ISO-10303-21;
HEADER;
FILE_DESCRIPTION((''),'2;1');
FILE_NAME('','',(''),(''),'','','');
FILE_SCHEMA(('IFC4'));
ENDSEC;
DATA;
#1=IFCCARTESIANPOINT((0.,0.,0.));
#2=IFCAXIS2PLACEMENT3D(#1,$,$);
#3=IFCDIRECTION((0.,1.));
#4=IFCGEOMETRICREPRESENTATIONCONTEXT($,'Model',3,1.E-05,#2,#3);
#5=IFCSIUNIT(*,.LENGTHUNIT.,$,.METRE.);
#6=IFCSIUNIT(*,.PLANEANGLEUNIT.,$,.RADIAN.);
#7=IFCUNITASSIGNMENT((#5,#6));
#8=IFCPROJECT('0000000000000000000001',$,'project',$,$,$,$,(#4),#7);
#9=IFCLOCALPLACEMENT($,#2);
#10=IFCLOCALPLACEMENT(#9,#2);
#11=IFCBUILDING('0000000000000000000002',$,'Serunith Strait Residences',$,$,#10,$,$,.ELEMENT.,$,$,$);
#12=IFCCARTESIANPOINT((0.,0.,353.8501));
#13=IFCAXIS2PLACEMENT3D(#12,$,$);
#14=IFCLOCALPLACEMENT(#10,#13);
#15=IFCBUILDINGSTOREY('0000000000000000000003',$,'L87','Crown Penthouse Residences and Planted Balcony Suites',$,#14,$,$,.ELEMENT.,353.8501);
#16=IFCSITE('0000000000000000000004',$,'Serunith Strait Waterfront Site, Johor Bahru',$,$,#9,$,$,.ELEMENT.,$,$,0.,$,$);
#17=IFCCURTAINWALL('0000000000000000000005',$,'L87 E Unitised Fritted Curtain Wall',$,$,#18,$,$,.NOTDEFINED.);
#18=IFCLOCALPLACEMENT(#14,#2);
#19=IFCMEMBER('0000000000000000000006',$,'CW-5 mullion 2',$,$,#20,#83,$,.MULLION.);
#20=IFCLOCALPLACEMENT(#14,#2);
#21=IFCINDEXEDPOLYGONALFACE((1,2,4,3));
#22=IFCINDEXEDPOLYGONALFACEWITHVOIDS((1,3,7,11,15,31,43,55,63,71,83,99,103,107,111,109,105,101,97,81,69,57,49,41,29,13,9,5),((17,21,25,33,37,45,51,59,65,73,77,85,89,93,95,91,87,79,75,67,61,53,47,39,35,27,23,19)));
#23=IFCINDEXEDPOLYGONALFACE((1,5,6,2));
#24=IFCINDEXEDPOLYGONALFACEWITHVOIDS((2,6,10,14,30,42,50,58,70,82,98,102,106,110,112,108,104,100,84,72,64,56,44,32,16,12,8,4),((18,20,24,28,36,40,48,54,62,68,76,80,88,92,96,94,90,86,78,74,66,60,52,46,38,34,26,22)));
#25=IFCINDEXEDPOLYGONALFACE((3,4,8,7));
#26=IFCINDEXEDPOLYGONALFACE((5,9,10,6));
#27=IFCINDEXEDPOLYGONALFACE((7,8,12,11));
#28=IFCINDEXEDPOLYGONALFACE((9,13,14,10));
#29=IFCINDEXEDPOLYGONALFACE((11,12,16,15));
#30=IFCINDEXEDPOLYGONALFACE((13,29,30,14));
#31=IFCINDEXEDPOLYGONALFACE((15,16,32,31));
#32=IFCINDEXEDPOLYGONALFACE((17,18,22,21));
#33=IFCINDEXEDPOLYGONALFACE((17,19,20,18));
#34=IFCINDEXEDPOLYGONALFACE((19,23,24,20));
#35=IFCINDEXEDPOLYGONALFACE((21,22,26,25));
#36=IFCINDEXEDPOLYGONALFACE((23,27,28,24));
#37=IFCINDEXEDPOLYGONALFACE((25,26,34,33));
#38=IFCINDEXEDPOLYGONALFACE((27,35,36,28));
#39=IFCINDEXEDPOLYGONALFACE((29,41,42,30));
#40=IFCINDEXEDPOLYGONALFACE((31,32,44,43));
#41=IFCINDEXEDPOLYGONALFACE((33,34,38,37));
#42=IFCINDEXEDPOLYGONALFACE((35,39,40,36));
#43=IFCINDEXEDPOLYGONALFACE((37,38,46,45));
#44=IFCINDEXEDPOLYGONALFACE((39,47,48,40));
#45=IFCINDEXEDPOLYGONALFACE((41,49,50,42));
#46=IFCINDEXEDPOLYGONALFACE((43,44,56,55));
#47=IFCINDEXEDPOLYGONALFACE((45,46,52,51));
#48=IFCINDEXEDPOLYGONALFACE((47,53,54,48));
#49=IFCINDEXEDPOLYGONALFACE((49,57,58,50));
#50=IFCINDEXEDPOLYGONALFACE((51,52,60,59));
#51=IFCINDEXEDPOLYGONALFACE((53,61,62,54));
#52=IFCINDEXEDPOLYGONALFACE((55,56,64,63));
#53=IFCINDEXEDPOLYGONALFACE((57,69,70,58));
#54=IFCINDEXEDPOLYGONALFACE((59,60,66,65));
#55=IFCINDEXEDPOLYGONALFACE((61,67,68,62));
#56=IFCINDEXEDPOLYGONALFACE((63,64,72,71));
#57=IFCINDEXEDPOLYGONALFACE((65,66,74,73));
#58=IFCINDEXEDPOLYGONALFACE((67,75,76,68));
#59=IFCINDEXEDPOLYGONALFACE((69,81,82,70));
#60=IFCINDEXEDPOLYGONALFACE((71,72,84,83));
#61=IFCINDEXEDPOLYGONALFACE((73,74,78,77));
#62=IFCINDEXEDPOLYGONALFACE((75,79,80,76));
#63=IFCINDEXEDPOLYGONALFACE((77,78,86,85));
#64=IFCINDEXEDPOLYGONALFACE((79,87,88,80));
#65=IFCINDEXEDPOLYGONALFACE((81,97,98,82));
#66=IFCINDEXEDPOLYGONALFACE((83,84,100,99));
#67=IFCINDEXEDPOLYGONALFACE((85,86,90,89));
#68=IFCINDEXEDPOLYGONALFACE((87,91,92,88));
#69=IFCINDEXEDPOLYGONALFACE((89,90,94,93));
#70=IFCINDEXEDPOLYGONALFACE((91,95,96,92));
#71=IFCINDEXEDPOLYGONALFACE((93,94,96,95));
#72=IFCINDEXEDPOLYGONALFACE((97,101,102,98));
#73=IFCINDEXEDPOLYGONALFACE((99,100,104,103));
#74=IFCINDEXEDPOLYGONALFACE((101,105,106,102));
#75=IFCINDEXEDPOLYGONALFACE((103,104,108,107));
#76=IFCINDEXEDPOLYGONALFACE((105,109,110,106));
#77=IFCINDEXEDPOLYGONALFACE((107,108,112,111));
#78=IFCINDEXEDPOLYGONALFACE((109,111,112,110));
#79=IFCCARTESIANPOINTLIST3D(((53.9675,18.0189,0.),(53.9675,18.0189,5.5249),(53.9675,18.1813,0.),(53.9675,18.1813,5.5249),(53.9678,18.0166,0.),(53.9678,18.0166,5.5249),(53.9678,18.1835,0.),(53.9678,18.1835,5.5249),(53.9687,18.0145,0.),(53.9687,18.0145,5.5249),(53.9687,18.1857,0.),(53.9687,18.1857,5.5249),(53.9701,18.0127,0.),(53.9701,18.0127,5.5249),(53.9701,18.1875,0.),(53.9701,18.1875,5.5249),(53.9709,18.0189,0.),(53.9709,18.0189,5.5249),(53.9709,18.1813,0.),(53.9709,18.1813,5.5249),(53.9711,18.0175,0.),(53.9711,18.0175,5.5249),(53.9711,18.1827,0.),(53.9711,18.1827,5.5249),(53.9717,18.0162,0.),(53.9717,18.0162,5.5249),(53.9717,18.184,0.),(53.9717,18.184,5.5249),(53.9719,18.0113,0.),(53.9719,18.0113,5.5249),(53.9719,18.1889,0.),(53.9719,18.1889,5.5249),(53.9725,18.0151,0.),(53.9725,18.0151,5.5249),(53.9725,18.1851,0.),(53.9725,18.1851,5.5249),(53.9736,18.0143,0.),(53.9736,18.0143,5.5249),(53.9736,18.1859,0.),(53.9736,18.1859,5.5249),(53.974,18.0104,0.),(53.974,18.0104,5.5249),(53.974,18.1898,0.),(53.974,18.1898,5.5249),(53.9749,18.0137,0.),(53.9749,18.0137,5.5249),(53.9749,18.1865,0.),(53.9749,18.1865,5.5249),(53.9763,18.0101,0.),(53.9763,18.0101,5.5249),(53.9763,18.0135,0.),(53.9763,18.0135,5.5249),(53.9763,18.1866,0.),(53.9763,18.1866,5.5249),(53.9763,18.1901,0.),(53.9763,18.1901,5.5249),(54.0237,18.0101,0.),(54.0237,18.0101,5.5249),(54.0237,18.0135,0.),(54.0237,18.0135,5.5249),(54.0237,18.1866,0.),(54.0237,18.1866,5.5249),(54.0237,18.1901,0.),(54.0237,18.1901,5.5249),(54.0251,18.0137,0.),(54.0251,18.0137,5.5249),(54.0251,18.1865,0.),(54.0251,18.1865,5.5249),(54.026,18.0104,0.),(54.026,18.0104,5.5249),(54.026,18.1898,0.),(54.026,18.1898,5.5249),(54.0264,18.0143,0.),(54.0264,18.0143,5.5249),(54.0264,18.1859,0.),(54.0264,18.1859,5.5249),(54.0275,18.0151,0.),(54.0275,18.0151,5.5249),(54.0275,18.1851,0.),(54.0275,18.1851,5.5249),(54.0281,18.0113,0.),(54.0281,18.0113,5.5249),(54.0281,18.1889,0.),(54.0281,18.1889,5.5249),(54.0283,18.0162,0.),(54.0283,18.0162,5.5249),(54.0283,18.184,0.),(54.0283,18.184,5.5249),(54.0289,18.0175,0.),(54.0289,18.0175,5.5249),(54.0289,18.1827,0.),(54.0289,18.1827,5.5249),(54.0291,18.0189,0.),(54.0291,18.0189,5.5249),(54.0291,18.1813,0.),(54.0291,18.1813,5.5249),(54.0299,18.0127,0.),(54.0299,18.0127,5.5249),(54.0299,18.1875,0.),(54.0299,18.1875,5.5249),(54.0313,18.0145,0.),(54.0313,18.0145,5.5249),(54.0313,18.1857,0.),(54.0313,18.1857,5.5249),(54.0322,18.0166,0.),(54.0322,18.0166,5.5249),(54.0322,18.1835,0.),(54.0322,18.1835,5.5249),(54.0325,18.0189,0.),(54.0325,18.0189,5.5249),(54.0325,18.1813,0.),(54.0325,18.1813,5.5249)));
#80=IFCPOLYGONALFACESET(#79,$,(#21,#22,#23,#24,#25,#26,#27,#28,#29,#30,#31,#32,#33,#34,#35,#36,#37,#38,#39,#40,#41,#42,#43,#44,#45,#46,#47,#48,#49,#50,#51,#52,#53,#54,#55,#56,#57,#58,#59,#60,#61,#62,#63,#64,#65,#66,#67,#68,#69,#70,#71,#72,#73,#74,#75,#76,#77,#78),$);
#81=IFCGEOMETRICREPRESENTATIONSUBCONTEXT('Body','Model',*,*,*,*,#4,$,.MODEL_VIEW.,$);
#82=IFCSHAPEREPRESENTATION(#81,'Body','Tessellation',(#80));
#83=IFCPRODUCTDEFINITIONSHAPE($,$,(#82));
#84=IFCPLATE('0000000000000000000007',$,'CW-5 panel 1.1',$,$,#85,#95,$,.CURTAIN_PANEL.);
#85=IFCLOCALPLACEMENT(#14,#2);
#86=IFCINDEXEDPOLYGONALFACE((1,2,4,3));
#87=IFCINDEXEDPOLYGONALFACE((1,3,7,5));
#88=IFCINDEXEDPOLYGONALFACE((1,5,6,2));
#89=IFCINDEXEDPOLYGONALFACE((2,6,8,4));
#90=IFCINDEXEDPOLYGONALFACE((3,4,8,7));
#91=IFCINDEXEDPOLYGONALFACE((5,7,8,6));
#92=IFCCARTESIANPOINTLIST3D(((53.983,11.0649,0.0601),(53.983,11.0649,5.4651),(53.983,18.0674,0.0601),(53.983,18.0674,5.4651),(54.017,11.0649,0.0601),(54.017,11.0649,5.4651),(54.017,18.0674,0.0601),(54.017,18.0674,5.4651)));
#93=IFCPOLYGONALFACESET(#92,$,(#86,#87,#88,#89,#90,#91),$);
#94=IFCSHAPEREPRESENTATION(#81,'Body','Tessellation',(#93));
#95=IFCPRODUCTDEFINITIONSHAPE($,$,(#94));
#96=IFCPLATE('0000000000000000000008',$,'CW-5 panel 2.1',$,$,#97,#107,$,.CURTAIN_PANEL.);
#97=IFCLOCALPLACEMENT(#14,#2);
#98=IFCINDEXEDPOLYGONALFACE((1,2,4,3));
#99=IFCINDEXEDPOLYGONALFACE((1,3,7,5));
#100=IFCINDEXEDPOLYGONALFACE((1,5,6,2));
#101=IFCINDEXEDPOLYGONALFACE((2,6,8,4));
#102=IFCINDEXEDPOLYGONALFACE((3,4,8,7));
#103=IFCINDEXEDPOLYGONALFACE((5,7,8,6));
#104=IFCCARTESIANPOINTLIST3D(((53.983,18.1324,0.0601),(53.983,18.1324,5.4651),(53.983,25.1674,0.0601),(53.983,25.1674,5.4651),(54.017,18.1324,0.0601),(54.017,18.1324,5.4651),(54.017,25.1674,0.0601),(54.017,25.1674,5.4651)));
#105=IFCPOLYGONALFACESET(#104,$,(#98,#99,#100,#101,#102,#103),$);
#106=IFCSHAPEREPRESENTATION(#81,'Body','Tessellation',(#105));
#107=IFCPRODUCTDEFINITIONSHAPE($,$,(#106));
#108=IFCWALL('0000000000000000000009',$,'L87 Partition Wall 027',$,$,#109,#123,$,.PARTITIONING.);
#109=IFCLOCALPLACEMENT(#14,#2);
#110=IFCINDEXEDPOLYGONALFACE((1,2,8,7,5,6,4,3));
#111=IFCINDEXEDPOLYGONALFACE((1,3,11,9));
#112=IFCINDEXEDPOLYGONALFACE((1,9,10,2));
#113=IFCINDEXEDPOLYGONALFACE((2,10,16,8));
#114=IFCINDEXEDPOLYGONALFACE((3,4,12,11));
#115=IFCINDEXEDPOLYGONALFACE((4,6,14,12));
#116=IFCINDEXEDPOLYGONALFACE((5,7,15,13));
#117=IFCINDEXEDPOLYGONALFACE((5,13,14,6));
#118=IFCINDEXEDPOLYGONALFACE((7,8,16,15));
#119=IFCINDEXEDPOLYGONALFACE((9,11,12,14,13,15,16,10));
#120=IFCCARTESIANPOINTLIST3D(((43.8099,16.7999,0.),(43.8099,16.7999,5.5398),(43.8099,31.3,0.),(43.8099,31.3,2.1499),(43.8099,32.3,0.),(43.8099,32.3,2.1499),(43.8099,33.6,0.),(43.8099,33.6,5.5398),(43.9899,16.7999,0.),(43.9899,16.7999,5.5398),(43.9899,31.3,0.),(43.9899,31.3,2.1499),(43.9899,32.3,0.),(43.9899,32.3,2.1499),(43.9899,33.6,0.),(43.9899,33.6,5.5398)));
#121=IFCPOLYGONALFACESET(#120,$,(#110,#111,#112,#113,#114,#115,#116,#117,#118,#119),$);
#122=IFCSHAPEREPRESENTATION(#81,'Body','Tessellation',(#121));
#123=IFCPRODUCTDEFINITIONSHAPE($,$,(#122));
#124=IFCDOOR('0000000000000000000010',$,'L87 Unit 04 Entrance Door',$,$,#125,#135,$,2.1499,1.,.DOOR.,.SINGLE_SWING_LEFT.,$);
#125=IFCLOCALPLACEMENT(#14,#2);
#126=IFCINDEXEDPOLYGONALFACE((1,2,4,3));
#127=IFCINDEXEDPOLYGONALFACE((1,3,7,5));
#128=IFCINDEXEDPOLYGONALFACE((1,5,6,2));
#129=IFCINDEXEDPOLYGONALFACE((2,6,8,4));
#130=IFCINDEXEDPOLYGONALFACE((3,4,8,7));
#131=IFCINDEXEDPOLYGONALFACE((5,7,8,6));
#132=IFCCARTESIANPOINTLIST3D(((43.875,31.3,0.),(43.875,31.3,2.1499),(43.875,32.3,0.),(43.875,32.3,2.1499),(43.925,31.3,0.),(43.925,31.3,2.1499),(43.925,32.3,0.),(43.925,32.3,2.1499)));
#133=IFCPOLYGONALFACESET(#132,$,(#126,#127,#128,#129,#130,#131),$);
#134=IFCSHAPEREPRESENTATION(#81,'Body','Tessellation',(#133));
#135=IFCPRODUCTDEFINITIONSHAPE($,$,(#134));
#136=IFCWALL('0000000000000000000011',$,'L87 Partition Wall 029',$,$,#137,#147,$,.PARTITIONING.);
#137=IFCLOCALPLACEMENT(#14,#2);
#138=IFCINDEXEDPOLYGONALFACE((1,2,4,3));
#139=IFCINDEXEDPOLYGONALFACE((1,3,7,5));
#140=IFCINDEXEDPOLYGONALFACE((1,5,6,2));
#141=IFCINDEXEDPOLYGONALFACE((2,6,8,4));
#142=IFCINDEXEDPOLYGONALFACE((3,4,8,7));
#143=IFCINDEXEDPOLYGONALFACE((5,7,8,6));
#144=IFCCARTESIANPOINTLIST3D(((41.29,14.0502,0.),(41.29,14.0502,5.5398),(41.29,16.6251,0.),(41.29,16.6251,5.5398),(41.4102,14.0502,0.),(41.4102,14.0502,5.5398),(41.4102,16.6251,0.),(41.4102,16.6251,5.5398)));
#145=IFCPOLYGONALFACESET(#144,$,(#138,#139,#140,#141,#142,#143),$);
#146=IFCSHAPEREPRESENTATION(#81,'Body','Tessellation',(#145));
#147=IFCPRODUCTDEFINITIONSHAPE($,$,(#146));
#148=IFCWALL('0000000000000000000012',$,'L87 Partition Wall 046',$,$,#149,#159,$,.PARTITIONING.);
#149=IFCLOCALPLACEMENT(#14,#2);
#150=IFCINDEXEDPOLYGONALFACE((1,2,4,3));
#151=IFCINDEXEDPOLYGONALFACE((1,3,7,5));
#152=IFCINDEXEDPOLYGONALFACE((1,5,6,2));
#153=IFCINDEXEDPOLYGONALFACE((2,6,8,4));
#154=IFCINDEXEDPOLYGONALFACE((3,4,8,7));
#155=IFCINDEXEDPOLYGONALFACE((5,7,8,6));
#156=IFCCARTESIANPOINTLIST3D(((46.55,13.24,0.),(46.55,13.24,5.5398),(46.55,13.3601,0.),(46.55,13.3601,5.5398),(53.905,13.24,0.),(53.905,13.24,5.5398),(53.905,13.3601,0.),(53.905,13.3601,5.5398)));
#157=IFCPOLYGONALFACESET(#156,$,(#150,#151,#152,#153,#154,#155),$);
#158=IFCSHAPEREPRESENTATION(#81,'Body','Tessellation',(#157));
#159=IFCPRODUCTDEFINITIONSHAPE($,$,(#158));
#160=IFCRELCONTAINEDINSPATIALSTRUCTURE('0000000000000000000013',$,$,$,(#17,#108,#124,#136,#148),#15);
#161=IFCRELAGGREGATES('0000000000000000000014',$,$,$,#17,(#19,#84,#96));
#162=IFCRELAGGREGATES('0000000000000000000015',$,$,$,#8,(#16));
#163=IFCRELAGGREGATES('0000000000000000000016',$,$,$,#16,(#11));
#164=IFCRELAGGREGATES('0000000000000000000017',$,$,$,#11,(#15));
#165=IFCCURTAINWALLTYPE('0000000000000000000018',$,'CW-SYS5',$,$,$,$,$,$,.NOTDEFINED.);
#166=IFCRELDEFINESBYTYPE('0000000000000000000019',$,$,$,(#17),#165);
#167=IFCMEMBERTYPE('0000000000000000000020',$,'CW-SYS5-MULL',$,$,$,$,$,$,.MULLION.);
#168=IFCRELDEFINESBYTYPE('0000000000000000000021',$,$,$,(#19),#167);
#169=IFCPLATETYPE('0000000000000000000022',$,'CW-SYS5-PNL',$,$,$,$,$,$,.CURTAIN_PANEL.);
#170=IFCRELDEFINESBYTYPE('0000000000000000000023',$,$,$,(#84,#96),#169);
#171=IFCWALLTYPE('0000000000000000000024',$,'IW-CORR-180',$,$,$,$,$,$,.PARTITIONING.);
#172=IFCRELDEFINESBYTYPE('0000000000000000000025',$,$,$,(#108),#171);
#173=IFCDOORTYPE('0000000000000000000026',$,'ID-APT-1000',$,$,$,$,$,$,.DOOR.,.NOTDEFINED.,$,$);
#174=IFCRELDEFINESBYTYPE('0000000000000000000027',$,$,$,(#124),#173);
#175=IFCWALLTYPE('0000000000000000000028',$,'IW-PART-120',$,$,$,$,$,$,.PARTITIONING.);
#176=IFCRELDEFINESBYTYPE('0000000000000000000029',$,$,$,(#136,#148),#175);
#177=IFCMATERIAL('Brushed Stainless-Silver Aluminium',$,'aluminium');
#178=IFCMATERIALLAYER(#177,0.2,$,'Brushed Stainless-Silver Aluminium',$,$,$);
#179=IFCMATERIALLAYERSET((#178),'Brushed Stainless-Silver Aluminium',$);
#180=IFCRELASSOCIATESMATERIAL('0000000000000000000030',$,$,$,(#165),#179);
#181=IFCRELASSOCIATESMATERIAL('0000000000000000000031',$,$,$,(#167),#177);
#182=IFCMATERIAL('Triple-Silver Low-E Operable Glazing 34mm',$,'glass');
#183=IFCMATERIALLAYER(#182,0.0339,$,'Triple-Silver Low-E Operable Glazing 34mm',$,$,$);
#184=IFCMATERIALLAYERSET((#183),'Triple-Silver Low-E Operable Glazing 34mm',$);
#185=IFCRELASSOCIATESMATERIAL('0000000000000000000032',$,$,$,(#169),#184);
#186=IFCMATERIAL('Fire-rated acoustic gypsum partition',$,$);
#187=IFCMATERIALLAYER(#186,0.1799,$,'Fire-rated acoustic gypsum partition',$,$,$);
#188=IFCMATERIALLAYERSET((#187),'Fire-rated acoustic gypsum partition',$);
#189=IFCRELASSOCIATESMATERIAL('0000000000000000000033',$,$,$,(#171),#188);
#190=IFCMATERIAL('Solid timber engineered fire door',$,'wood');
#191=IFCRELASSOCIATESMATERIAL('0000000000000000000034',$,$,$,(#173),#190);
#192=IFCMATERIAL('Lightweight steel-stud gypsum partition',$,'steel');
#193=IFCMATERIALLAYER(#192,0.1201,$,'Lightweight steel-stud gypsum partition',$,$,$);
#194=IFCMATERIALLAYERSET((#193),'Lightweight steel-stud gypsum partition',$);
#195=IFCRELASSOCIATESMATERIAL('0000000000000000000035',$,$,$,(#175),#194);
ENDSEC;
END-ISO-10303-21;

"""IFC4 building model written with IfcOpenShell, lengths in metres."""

from ifc_helpers import new_model, si_unit, direction, frame, frame_2d, origin, origin_2d, place, context, subcontext, project, spatial, rectangle, hollow_rectangle, extrude, source, transform, mapped, material, layer, layer_set, material_profile, profile_set, type_object, element, fill, aggregate, save


model = new_model("IFC4")

# Units and contexts
model_context = context("Model", 3, precision=1e-05, world=origin(), true_north=direction((0.0, 1.0)))
body_context = subcontext(model_context, "Body", "Model", "MODEL_VIEW")
ifc_project = project(units=[si_unit("LENGTHUNIT", "METRE"), si_unit("PLANEANGLEUNIT", "RADIAN")], contexts=[model_context])

# Site, building, storey
site_placement = place(None, origin())
site = spatial("IfcSite", under=ifc_project, at=site_placement, Name="Serunith Strait Waterfront Site, Johor Bahru", CompositionType="ELEMENT", RefElevation=0.0)
building_placement = place(site_placement, origin())
building = spatial("IfcBuilding", under=site, at=building_placement, Name="Serunith Strait Residences", CompositionType="ELEMENT")
storey_placement = place(building_placement, frame((0.0, 0.0, 353.8501)))
storey = spatial("IfcBuildingStorey", under=building, at=storey_placement, Name="L87", Description="Crown Penthouse Residences and Planted Balcony Suites", CompositionType="ELEMENT", Elevation=353.8501)

# Curtain wall, member, plates
ifc_material_1 = material(Name="Brushed Stainless-Silver Aluminium", Category="aluminium")
ifc_layer_1 = layer(ifc_material_1, 0.2, Name="Brushed Stainless-Silver Aluminium")
ifc_layer_set_1 = layer_set([ifc_layer_1], Name="Brushed Stainless-Silver Aluminium")
curtain_wall_type = type_object("IfcCurtainWallType", Name="CW-SYS5", PredefinedType="NOTDEFINED", material=ifc_layer_set_1)
curtain_wall_placement = place(storey_placement, origin())
curtain_wall = element("IfcCurtainWall", 1, at=curtain_wall_placement, inside=storey, type_object=curtain_wall_type, Name="L87 E Unitised Fritted Curtain Wall", PredefinedType="NOTDEFINED")
ifc_material_profile_1 = material_profile(ifc_material_1, hollow_rectangle(XDim=0.0649, YDim=0.1799, WallThickness=0.0034, InnerFilletRadius=0.0054, OuterFilletRadius=0.0088, at=origin_2d()), Name="ALU 180x65x3.5")
ifc_profile_set_1 = profile_set([ifc_material_profile_1], Name="Brushed Stainless-Silver Aluminium")
member_type_1 = type_object("IfcMemberType", Name="CW-SYS5-MULL", PredefinedType="MULLION", material=ifc_profile_set_1)
shared_shape_1 = source(origin(), body_context, "Body", "SweptSolid", [
    extrude(hollow_rectangle(XDim=0.0649, YDim=0.1799, WallThickness=0.0034, InnerFilletRadius=0.0054, OuterFilletRadius=0.0088, at=origin_2d()), origin(), (0.0, 0.0, 1.0), 5.5249),
])
member_1_placement = place(storey_placement, frame((54.0, 18.1001, 0.0), z_axis=(0.0, 0.0, 1.0), x_axis=(-1.0, 0.0, 0.0)))
member_1 = element("IfcMember", 2, at=member_1_placement, type_object=member_type_1, Name="CW-5 mullion 2", PredefinedType="MULLION", context=body_context, shape_type="MappedRepresentation", body=[
    mapped(shared_shape_1, transform((0.0, 0.0, 0.0), scale=1.0)),
])
ifc_material_2 = material(Name="Triple-Silver Low-E Operable Glazing 34mm", Category="glass")
ifc_layer_2 = layer(ifc_material_2, 0.0339, Name="Triple-Silver Low-E Operable Glazing 34mm")
ifc_layer_set_2 = layer_set([ifc_layer_2], Name="Triple-Silver Low-E Operable Glazing 34mm")
plate_type = type_object("IfcPlateType", Name="CW-SYS5-PNL", PredefinedType="CURTAIN_PANEL", material=ifc_layer_set_2)
shared_shape_2 = source(origin(), body_context, "Body", "SweptSolid", [
    extrude(rectangle(XDim=7.0024, YDim=0.0339, at=origin_2d()), origin(), (0.0, 0.0, 1.0), 5.405),
])
plate_1_placement = place(storey_placement, frame((54.0, 14.5662, 0.0601), z_axis=(0.0, 0.0, 1.0), x_axis=(0.0, 1.0, 0.0)))
plate_1 = element("IfcPlate", 3, at=plate_1_placement, type_object=plate_type, Name="CW-5 panel 1.1", PredefinedType="CURTAIN_PANEL", context=body_context, shape_type="MappedRepresentation", body=[
    mapped(shared_shape_2, transform((0.0, 0.0, 0.0), scale=1.0)),
])
shared_shape_3 = source(origin(), body_context, "Body", "SweptSolid", [
    extrude(rectangle(XDim=7.0349, YDim=0.0339, at=origin_2d()), origin(), (0.0, 0.0, 1.0), 5.405),
])
plate_2_placement = place(storey_placement, frame((54.0, 21.6499, 0.0601), z_axis=(0.0, 0.0, 1.0), x_axis=(0.0, 1.0, 0.0)))
plate_2 = element("IfcPlate", 4, at=plate_2_placement, type_object=plate_type, Name="CW-5 panel 2.1", PredefinedType="CURTAIN_PANEL", context=body_context, shape_type="MappedRepresentation", body=[
    mapped(shared_shape_3, transform((0.0, 0.0, 0.0), scale=1.0)),
])
aggregate(curtain_wall, [member_1, plate_1, plate_2])

# Wall, opening, door
ifc_material_3 = material(Name="Fire-rated acoustic gypsum partition")
ifc_layer_3 = layer(ifc_material_3, 0.1799, Name="Fire-rated acoustic gypsum partition")
ifc_layer_set_3 = layer_set([ifc_layer_3], Name="Fire-rated acoustic gypsum partition")
wall_type_1 = type_object("IfcWallType", Name="IW-CORR-180", PredefinedType="PARTITIONING", material=ifc_layer_set_3)
ifc_material_4 = material(Name="Solid timber engineered fire door", Category="wood")
door_type_1 = type_object("IfcDoorType", Name="ID-APT-1000", OperationType="NOTDEFINED", PredefinedType="DOOR", material=ifc_material_4)
shared_shape_4 = source(origin(), body_context, "Body", "SweptSolid", [
    extrude(rectangle(XDim=1.0, YDim=2.1499, at=frame_2d((0.5, 1.075))), frame((0.0, 0.0249, 0.0), z_axis=(0.0, -1.0, 0.0), x_axis=(1.0, 0.0, 0.0)), (0.0, 0.0, 1.0), 0.05),
])
wall_1_placement = place(storey_placement, frame((43.8999, 16.8, 0.0), z_axis=(0.0, 0.0, 1.0), x_axis=(0.0, 1.0, 0.0)))
wall_1 = element("IfcWall", 5, at=wall_1_placement, inside=storey, type_object=wall_type_1, Name="L87 Partition Wall 027", PredefinedType="PARTITIONING", context=body_context, shape_type="SweptSolid", body=[
    extrude(rectangle(XDim=16.8, YDim=0.1799, at=frame_2d((8.3999, 0.0))), origin(), (0.0, 0.0, 1.0), 5.5398),
])
opening_1_placement = place(wall_1_placement, frame((14.5, 0.0, 0.0)))
opening_1 = element("IfcOpeningElement", 6, at=opening_1_placement, cuts=wall_1, PredefinedType="OPENING", context=body_context, shape_type="SweptSolid", body=[
    extrude(rectangle(XDim=1.0, YDim=2.1499, at=frame_2d((0.5, 1.075))), frame((0.0, 0.1001, 0.0), z_axis=(0.0, -1.0, 0.0), x_axis=(1.0, 0.0, 0.0)), (0.0, 0.0, 1.0), 0.2),
])
door_1_placement = place(opening_1_placement, origin())
door_1 = element("IfcDoor", 7, at=door_1_placement, inside=storey, type_object=door_type_1, Name="L87 Unit 04 Entrance Door", OperationType="SINGLE_SWING_LEFT", OverallHeight=2.1499, OverallWidth=1.0, PredefinedType="DOOR", context=body_context, shape_type="MappedRepresentation", body=[
    mapped(shared_shape_4, transform((0.0, 0.0, 0.0), scale=1.0)),
])
fill(opening_1, door_1)

# Walls
ifc_material_5 = material(Name="Lightweight steel-stud gypsum partition", Category="steel")
ifc_layer_4 = layer(ifc_material_5, 0.1201, Name="Lightweight steel-stud gypsum partition")
ifc_layer_set_4 = layer_set([ifc_layer_4], Name="Lightweight steel-stud gypsum partition")
wall_type_2 = type_object("IfcWallType", Name="IW-PART-120", PredefinedType="PARTITIONING", material=ifc_layer_set_4)
wall_2_placement = place(storey_placement, frame((41.3501, 14.05, 0.0), z_axis=(0.0, 0.0, 1.0), x_axis=(0.0, 1.0, 0.0)))
element("IfcWall", 8, at=wall_2_placement, inside=storey, type_object=wall_type_2, Name="L87 Partition Wall 029", PredefinedType="PARTITIONING", context=body_context, shape_type="SweptSolid", body=[
    extrude(rectangle(XDim=2.575, YDim=0.1201, at=frame_2d((1.2876, 0.0))), origin(), (0.0, 0.0, 1.0), 5.5398),
])
wall_3_placement = place(storey_placement, frame((46.55, 13.3, 0.0), z_axis=(0.0, 0.0, 1.0), x_axis=(1.0, 0.0, 0.0)))
element("IfcWall", 9, at=wall_3_placement, inside=storey, type_object=wall_type_2, Name="L87 Partition Wall 046", PredefinedType="PARTITIONING", context=body_context, shape_type="SweptSolid", body=[
    extrude(rectangle(XDim=7.355, YDim=0.1201, at=frame_2d((3.6775, 0.0))), origin(), (0.0, 0.0, 1.0), 5.5398),
])

save(model, "model.ifc")
